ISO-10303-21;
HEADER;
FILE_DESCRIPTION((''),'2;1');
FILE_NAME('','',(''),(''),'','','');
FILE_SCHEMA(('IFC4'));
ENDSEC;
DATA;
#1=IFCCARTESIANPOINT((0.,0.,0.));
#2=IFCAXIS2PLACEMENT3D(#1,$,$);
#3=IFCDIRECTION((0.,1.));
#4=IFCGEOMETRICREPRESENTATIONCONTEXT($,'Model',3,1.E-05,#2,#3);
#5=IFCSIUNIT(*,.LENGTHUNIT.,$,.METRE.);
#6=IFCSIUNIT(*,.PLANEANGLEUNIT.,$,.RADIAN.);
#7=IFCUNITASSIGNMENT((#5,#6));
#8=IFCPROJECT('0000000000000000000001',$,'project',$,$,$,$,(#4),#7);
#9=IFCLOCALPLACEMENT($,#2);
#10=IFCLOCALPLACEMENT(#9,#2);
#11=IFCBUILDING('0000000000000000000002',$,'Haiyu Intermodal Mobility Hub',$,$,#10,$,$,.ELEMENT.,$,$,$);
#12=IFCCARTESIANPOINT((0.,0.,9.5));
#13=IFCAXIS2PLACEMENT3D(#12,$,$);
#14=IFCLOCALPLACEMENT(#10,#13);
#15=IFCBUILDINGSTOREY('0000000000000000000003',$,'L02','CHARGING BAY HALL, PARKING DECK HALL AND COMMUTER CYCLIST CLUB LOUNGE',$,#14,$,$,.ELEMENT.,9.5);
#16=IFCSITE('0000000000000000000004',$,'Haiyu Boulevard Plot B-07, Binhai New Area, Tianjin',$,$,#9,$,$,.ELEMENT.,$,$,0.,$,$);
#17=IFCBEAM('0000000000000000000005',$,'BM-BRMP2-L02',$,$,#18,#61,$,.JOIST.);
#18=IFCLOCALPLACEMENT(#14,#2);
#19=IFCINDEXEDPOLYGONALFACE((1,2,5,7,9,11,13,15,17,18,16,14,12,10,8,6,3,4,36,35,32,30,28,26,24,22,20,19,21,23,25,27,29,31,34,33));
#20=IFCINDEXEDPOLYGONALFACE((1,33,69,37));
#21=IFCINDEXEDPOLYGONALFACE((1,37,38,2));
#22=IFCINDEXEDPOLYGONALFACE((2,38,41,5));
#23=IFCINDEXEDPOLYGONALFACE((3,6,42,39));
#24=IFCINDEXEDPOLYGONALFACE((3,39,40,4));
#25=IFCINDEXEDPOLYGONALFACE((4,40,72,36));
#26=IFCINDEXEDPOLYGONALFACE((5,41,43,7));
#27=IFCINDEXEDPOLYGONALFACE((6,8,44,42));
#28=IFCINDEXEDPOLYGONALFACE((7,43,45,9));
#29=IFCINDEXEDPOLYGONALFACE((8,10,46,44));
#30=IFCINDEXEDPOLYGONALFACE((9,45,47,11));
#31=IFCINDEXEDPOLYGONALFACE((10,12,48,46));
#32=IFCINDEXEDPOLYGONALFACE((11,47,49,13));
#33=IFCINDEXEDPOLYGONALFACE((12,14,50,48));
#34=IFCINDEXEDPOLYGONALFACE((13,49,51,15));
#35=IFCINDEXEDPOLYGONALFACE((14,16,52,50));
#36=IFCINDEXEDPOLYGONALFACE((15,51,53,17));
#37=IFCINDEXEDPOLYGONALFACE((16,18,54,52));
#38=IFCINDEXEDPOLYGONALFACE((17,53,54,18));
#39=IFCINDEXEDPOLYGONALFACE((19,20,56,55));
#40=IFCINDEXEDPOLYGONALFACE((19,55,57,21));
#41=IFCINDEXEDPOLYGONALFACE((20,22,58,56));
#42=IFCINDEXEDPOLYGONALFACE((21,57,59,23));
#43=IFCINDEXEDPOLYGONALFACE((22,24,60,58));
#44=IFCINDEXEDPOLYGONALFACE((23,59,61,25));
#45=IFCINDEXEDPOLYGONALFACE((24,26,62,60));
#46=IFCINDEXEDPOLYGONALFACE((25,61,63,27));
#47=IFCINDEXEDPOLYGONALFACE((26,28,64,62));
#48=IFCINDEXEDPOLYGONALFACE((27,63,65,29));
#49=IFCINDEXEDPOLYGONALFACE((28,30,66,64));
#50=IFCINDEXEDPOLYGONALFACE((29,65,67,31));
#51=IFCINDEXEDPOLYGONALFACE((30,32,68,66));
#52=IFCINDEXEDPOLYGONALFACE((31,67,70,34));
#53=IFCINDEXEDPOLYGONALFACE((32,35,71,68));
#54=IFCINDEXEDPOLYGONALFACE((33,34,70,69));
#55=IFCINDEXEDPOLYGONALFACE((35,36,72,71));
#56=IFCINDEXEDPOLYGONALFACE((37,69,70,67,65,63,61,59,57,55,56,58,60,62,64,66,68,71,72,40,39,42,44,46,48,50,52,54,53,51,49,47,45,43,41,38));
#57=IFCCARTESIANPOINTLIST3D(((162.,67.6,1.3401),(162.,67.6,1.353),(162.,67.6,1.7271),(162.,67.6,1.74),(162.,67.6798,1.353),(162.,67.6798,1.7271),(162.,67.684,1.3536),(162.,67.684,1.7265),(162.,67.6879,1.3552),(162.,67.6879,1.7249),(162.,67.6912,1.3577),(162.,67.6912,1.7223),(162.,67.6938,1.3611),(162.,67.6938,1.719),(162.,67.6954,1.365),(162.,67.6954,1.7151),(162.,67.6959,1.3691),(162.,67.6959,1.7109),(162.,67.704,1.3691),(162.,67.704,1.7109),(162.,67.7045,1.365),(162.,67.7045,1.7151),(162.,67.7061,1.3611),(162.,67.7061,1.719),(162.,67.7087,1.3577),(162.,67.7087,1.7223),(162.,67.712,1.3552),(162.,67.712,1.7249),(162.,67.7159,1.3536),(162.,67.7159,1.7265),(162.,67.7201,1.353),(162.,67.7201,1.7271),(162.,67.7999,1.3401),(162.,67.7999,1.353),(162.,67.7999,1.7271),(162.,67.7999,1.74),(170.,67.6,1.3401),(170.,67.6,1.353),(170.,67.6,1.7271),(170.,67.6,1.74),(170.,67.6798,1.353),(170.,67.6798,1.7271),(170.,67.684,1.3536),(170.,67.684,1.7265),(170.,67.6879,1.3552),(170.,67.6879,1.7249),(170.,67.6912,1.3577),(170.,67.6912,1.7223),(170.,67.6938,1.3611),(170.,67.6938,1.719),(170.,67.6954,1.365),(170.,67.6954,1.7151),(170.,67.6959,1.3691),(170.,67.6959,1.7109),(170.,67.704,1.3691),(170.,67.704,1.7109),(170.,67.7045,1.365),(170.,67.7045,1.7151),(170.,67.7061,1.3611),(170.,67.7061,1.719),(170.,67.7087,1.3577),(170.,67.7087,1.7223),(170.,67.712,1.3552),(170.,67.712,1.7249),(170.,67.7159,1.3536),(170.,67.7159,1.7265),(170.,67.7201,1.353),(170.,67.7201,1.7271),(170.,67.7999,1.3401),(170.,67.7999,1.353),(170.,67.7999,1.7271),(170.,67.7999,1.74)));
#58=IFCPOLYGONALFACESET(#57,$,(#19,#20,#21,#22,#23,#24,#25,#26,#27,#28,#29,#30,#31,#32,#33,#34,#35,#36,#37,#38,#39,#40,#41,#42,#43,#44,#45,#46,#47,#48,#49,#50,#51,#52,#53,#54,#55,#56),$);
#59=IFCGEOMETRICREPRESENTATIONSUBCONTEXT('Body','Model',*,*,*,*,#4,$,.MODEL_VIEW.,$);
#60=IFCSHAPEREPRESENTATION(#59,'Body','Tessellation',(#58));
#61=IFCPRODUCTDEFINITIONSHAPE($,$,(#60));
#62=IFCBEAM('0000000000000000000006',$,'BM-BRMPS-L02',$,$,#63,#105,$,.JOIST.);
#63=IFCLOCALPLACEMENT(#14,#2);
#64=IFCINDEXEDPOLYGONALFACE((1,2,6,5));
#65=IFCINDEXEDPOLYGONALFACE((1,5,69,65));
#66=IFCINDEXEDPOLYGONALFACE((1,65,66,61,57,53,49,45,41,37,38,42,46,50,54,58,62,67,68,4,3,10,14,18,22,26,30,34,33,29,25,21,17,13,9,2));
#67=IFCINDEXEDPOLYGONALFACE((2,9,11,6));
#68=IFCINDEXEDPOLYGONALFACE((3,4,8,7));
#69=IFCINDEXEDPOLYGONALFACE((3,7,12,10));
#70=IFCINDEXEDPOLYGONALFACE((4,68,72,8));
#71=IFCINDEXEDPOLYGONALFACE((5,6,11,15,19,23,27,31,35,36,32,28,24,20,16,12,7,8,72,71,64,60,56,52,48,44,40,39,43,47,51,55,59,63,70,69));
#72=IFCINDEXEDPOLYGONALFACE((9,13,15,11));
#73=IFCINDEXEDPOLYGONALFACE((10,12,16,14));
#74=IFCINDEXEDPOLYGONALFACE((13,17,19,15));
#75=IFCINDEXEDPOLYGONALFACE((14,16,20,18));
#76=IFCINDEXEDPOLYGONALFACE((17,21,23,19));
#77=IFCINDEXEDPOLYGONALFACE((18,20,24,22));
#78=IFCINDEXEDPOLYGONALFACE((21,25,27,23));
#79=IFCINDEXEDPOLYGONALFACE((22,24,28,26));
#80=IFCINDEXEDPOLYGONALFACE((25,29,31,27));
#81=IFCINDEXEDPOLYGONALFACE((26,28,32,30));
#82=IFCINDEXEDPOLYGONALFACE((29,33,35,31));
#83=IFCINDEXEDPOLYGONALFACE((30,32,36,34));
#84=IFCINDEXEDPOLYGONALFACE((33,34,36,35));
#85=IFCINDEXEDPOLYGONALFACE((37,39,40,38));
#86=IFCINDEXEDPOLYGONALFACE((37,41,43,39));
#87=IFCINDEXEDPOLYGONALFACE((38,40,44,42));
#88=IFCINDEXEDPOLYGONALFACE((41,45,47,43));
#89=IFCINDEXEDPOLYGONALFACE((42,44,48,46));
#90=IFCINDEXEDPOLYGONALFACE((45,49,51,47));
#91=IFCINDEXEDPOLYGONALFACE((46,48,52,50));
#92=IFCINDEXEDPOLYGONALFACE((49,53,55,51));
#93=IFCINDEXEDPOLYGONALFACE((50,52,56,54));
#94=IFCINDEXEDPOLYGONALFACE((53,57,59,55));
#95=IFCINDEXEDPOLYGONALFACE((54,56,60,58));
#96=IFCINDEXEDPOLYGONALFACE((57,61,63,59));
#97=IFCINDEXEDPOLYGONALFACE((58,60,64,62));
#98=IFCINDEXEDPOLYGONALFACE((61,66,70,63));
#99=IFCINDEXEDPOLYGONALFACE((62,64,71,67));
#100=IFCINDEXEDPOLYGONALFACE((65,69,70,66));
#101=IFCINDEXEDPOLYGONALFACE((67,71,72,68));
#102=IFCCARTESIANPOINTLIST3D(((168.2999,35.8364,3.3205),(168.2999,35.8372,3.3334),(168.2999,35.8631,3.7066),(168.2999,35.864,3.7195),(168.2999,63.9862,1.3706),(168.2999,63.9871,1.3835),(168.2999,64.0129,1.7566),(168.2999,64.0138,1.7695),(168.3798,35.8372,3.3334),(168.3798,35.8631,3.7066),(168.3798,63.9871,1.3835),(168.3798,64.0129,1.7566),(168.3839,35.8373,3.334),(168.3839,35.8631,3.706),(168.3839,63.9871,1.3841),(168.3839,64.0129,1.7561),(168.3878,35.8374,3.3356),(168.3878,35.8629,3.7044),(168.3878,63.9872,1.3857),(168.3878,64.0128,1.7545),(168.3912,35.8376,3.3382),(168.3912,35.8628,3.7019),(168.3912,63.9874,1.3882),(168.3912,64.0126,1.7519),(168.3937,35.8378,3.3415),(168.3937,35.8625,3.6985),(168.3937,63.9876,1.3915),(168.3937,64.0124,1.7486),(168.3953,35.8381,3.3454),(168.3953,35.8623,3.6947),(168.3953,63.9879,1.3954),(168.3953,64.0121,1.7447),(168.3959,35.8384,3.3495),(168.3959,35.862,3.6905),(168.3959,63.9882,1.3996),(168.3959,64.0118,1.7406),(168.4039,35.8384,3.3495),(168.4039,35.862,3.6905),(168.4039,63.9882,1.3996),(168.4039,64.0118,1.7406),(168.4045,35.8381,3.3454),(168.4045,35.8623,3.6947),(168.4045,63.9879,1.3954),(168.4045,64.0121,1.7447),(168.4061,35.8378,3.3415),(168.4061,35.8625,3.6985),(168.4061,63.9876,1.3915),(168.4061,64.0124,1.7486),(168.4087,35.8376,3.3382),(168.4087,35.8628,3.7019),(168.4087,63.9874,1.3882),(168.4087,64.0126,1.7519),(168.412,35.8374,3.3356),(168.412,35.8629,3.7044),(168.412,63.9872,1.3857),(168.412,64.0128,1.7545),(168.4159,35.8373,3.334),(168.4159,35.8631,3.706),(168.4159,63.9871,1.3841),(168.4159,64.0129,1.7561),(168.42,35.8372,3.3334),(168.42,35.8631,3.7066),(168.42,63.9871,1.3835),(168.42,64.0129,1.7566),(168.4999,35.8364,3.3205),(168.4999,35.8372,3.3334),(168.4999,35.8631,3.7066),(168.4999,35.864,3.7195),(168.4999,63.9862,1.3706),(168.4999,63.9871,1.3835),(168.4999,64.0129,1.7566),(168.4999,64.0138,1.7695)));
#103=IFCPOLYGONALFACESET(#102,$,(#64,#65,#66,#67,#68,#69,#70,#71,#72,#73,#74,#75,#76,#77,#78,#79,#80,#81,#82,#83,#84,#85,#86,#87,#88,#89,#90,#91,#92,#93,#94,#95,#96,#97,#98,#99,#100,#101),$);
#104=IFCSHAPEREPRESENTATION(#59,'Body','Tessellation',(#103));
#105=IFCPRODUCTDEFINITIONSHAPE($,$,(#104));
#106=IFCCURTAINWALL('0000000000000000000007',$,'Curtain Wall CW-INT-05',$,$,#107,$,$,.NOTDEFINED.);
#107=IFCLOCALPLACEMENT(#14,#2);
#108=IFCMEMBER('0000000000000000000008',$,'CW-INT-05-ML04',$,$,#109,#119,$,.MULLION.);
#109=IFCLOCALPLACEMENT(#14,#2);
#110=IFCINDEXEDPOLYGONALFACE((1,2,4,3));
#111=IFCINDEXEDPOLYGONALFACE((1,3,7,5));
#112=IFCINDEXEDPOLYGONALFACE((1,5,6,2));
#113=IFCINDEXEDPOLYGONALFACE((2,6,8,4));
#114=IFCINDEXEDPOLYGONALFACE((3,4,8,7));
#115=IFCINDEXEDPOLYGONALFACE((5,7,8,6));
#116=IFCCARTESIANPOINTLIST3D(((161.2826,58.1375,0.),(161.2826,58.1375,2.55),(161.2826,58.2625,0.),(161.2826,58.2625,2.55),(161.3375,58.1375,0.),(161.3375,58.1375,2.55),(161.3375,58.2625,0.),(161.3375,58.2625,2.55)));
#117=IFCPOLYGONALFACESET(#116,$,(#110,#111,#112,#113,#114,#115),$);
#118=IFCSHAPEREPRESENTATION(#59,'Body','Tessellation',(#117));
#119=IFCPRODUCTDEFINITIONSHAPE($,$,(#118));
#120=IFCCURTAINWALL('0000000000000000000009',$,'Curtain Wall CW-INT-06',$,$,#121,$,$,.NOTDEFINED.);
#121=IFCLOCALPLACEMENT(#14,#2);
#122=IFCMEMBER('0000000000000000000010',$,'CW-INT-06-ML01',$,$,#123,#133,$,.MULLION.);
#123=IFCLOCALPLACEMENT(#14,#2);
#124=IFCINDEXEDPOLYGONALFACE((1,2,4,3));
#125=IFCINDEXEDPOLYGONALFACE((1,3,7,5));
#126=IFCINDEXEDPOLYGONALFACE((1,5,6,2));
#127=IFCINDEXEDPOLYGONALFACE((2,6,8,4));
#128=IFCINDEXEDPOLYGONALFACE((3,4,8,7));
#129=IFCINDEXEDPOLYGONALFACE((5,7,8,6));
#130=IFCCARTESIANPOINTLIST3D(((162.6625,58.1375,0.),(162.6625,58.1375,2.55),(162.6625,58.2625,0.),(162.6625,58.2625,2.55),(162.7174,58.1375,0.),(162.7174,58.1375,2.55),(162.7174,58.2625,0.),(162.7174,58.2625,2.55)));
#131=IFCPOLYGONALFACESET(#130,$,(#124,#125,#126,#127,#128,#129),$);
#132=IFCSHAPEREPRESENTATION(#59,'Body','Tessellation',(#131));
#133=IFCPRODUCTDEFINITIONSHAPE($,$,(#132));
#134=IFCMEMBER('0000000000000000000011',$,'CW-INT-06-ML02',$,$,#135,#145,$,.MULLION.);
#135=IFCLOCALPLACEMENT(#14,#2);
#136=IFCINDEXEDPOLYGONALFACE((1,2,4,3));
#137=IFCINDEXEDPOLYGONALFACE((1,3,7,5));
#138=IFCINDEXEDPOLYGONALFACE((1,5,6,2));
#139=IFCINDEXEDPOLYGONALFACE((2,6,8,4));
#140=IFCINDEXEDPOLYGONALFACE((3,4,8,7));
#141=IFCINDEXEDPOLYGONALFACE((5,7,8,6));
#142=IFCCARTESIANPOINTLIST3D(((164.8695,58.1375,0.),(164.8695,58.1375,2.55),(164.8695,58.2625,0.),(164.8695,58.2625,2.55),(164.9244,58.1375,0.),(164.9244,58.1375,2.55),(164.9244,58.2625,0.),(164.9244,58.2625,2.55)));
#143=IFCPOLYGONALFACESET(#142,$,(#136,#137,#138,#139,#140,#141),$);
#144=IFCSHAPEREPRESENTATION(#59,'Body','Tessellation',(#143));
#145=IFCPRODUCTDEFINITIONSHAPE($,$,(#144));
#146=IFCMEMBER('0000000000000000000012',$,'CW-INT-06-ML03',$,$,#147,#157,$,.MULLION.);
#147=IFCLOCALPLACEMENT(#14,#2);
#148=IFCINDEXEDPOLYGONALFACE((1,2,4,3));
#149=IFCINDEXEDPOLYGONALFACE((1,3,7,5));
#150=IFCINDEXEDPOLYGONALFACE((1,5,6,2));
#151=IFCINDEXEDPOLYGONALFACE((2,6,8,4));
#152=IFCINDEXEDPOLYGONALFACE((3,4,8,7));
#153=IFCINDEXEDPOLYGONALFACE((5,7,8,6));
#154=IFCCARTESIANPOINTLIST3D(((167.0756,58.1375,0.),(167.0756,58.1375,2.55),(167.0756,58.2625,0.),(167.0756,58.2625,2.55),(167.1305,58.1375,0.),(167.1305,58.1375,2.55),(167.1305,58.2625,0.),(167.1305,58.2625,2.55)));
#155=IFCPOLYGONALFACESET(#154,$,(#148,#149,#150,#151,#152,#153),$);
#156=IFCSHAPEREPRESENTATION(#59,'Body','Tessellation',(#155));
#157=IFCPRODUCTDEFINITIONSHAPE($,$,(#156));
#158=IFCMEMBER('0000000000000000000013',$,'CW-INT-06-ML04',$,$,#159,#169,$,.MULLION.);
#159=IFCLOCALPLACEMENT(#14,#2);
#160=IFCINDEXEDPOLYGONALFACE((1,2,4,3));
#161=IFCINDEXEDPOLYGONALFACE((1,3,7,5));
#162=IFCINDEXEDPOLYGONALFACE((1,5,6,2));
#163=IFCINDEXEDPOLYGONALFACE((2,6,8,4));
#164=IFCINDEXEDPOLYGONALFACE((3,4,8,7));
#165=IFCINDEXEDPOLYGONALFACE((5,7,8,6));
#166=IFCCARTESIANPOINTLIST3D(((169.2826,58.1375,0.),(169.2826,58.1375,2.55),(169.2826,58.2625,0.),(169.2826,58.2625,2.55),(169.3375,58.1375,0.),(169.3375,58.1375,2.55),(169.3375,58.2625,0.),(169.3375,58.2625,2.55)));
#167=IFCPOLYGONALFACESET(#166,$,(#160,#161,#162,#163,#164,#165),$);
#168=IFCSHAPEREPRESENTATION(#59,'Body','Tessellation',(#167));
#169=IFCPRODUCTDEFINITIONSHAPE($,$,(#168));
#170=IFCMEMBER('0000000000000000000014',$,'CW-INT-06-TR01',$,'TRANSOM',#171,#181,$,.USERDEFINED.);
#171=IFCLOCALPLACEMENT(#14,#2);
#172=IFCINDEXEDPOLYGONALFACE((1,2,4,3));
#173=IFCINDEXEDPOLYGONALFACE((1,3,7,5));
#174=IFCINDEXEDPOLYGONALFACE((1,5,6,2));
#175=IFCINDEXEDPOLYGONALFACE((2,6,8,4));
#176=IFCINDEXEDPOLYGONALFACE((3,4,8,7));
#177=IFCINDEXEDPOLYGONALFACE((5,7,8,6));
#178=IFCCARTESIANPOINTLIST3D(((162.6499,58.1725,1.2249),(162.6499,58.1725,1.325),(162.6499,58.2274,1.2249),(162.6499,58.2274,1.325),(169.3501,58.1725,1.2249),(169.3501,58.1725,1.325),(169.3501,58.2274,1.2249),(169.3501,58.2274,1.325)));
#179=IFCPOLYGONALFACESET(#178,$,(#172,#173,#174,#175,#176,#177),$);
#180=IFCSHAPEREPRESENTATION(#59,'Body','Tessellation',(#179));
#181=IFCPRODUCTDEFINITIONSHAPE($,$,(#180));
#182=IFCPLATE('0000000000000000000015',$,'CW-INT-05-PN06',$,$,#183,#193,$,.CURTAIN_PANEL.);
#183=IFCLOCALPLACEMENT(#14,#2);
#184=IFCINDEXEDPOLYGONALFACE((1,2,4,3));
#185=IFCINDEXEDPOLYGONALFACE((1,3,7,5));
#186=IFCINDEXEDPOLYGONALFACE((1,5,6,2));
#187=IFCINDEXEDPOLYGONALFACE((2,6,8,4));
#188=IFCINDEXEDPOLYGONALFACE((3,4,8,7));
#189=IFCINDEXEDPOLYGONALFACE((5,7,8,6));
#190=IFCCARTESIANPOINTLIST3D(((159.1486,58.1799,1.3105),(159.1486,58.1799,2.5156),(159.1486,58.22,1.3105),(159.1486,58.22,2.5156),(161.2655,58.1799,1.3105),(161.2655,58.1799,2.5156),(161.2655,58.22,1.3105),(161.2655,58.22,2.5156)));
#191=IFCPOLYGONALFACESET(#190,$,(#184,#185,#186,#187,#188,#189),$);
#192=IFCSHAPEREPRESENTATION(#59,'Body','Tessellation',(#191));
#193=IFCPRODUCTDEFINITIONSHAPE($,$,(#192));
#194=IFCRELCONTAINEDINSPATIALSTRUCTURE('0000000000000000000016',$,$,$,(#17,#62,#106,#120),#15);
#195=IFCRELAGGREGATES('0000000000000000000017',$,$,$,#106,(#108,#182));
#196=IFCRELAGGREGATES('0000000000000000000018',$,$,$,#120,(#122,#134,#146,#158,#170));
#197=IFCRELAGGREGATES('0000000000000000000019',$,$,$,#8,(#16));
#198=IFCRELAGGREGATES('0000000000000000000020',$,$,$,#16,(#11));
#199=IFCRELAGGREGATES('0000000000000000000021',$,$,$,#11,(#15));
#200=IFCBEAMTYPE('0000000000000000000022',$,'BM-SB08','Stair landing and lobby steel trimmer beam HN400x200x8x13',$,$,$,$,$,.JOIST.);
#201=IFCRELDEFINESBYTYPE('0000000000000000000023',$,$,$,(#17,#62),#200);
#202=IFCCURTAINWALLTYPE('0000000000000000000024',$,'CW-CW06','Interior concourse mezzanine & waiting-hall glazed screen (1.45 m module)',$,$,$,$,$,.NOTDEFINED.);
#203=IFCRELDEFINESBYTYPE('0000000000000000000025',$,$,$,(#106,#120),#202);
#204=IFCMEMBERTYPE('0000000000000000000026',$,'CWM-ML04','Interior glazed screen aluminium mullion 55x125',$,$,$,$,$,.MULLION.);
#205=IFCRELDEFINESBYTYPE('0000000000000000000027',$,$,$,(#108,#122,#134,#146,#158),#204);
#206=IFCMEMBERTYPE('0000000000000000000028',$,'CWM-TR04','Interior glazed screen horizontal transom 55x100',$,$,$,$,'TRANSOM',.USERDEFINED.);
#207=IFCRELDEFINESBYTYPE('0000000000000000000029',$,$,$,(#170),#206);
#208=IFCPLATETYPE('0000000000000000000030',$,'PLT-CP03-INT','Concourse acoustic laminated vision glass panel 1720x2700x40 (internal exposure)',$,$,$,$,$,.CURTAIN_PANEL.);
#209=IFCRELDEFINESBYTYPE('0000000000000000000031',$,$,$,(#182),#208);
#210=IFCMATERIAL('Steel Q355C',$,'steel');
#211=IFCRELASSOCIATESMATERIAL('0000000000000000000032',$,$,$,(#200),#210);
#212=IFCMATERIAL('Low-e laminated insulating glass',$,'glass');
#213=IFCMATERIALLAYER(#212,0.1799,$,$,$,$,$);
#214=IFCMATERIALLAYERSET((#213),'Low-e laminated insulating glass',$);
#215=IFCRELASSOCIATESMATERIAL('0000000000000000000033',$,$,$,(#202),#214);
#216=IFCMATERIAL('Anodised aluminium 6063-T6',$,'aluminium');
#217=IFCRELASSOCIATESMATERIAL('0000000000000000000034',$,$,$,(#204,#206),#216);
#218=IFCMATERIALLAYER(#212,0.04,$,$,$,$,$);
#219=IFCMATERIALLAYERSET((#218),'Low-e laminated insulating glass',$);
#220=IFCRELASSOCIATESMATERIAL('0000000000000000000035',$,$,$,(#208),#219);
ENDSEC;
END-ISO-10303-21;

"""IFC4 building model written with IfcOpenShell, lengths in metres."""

from ifc_helpers import new_model, si_unit, direction, frame, origin, origin_2d, place, context, subcontext, project, spatial, rectangle, i_section, extrude, material, layer, layer_set, material_profile, profile_set, type_object, element, aggregate, save


model = new_model("IFC4")

# Units and contexts
model_context = context("Model", 3, precision=1e-05, world=origin(), true_north=direction((0.0, 1.0)))
body_context = subcontext(model_context, "Body", "Model", "MODEL_VIEW")
ifc_project = project(units=[si_unit("LENGTHUNIT", "METRE"), si_unit("PLANEANGLEUNIT", "RADIAN")], contexts=[model_context])

# Site, building, storey
site_placement = place(None, origin())
site = spatial("IfcSite", under=ifc_project, at=site_placement, Name="Haiyu Boulevard Plot B-07, Binhai New Area, Tianjin", CompositionType="ELEMENT", RefElevation=0.0)
building_placement = place(site_placement, origin())
building = spatial("IfcBuilding", under=site, at=building_placement, Name="Haiyu Intermodal Mobility Hub", CompositionType="ELEMENT")
storey_placement = place(building_placement, frame((0.0, 0.0, 9.5)))
storey = spatial("IfcBuildingStorey", under=building, at=storey_placement, Name="L02", Description="CHARGING BAY HALL, PARKING DECK HALL AND COMMUTER CYCLIST CLUB LOUNGE", CompositionType="ELEMENT", Elevation=9.5)

# Beams
ifc_material_1 = material(Name="Steel Q355C", Category="steel")
ifc_material_profile_1 = material_profile(ifc_material_1, i_section(OverallWidth=0.2, OverallDepth=0.3999, WebThickness=0.0081, FlangeThickness=0.0129, FilletRadius=0.0161, at=origin_2d()), Name="HN400x200x8x13")
ifc_profile_set_1 = profile_set([ifc_material_profile_1], Name="Steel Q355C")
beam_type_1 = type_object("IfcBeamType", Name="BM-SB08", Description="Stair landing and lobby steel trimmer beam HN400x200x8x13", PredefinedType="JOIST", material=ifc_profile_set_1)
for number, where, z_axis, x_axis, name in (
    (1, (162.0, 67.7, 1.54), (1.0, 0.0, 0.0), (0.0, 1.0, 0.0), "BM-BRMP2-L02"),
):
    element("IfcBeam", number, at=place(storey_placement, frame(where, z_axis=z_axis, x_axis=x_axis)), inside=storey, type_object=beam_type_1, Name=name, PredefinedType="JOIST", context=body_context, shape_type="SweptSolid", body=[
        extrude(i_section(OverallWidth=0.2, OverallDepth=0.3999, WebThickness=0.0081, FlangeThickness=0.0129, FilletRadius=0.0161, at=origin_2d()), origin(), (0.0, 0.0, 1.0), 8.0),
    ])
beam_1_placement = place(storey_placement, frame((168.3999, 64.0, 1.5701), z_axis=(0.0, -0.997609, 0.069105), x_axis=(1.0, 0.0, 0.0)))
element("IfcBeam", 2, at=beam_1_placement, inside=storey, type_object=beam_type_1, Name="BM-BRMPS-L02", PredefinedType="JOIST", context=body_context, shape_type="SweptSolid", body=[
    extrude(i_section(OverallWidth=0.2, OverallDepth=0.3999, WebThickness=0.0081, FlangeThickness=0.0129, FilletRadius=0.0161, at=origin_2d()), origin(), (0.0, 0.0, 1.0), 28.2173),
])

# Curtain wall, member
ifc_material_2 = material(Name="Low-e laminated insulating glass", Category="glass")
ifc_layer_1 = layer(ifc_material_2, 0.1799)
ifc_layer_set_1 = layer_set([ifc_layer_1], Name="Low-e laminated insulating glass")
curtain_wall_type = type_object("IfcCurtainWallType", Name="CW-CW06", Description="Interior concourse mezzanine & waiting-hall glazed screen (1.45 m module)", PredefinedType="NOTDEFINED", material=ifc_layer_set_1)
curtain_wall_1_placement = place(storey_placement, origin())
curtain_wall_1 = element("IfcCurtainWall", 3, at=curtain_wall_1_placement, inside=storey, type_object=curtain_wall_type, Name="Curtain Wall CW-INT-05", PredefinedType="NOTDEFINED")
ifc_material_3 = material(Name="Anodised aluminium 6063-T6", Category="aluminium")
ifc_material_profile_2 = material_profile(ifc_material_3, rectangle(XDim=0.0549, YDim=0.125, at=origin_2d()), Name="ALU55x125")
ifc_profile_set_2 = profile_set([ifc_material_profile_2], Name="Anodised aluminium 6063-T6")
member_type_1 = type_object("IfcMemberType", Name="CWM-ML04", Description="Interior glazed screen aluminium mullion 55x125", PredefinedType="MULLION", material=ifc_profile_set_2)
member_1_placement = place(storey_placement, frame((161.3101, 58.2, 0.0), z_axis=(0.0, 0.0, 1.0), x_axis=(1.0, 0.0, 0.0)))
member_1 = element("IfcMember", 4, at=member_1_placement, type_object=member_type_1, Name="CW-INT-05-ML04", PredefinedType="MULLION", context=body_context, shape_type="SweptSolid", body=[
    extrude(rectangle(XDim=0.0549, YDim=0.125, at=origin_2d()), origin(), (0.0, 0.0, 1.0), 2.55),
])

# Curtain wall, members
curtain_wall_2_placement = place(storey_placement, origin())
curtain_wall_2 = element("IfcCurtainWall", 5, at=curtain_wall_2_placement, inside=storey, type_object=curtain_wall_type, Name="Curtain Wall CW-INT-06", PredefinedType="NOTDEFINED")
member_2_placement = place(storey_placement, frame((162.6899, 58.2, 0.0), z_axis=(0.0, 0.0, 1.0), x_axis=(1.0, 0.0, 0.0)))
member_2 = element("IfcMember", 6, at=member_2_placement, type_object=member_type_1, Name="CW-INT-06-ML01", PredefinedType="MULLION", context=body_context, shape_type="SweptSolid", body=[
    extrude(rectangle(XDim=0.0549, YDim=0.125, at=origin_2d()), origin(), (0.0, 0.0, 1.0), 2.55),
])
member_3_placement = place(storey_placement, frame((164.897, 58.2, 0.0), z_axis=(0.0, 0.0, 1.0), x_axis=(1.0, 0.0, 0.0)))
member_3 = element("IfcMember", 7, at=member_3_placement, type_object=member_type_1, Name="CW-INT-06-ML02", PredefinedType="MULLION", context=body_context, shape_type="SweptSolid", body=[
    extrude(rectangle(XDim=0.0549, YDim=0.125, at=origin_2d()), origin(), (0.0, 0.0, 1.0), 2.55),
])
member_4_placement = place(storey_placement, frame((167.103, 58.2, 0.0), z_axis=(0.0, 0.0, 1.0), x_axis=(1.0, 0.0, 0.0)))
member_4 = element("IfcMember", 8, at=member_4_placement, type_object=member_type_1, Name="CW-INT-06-ML03", PredefinedType="MULLION", context=body_context, shape_type="SweptSolid", body=[
    extrude(rectangle(XDim=0.0549, YDim=0.125, at=origin_2d()), origin(), (0.0, 0.0, 1.0), 2.55),
])
member_5_placement = place(storey_placement, frame((169.3101, 58.2, 0.0), z_axis=(0.0, 0.0, 1.0), x_axis=(1.0, 0.0, 0.0)))
member_5 = element("IfcMember", 9, at=member_5_placement, type_object=member_type_1, Name="CW-INT-06-ML04", PredefinedType="MULLION", context=body_context, shape_type="SweptSolid", body=[
    extrude(rectangle(XDim=0.0549, YDim=0.125, at=origin_2d()), origin(), (0.0, 0.0, 1.0), 2.55),
])
ifc_material_profile_3 = material_profile(ifc_material_3, rectangle(XDim=0.0549, YDim=0.1001, at=origin_2d()), Name="ALU55x100")
ifc_profile_set_3 = profile_set([ifc_material_profile_3], Name="Anodised aluminium 6063-T6")
member_type_2 = type_object("IfcMemberType", Name="CWM-TR04", Description="Interior glazed screen horizontal transom 55x100", ElementType="TRANSOM", PredefinedType="USERDEFINED", material=ifc_profile_set_3)
member_6_placement = place(storey_placement, frame((162.6499, 58.2, 1.2749), z_axis=(1.0, 0.0, 0.0), x_axis=(0.0, 1.0, 0.0)))
member_6 = element("IfcMember", 10, at=member_6_placement, type_object=member_type_2, Name="CW-INT-06-TR01", ObjectType="TRANSOM", PredefinedType="USERDEFINED", context=body_context, shape_type="SweptSolid", body=[
    extrude(rectangle(XDim=0.0549, YDim=0.1001, at=origin_2d()), origin(), (0.0, 0.0, 1.0), 6.7002),
])

# Plate
ifc_layer_2 = layer(ifc_material_2, 0.04)
ifc_layer_set_2 = layer_set([ifc_layer_2], Name="Low-e laminated insulating glass")
plate_type = type_object("IfcPlateType", Name="PLT-CP03-INT", Description="Concourse acoustic laminated vision glass panel 1720x2700x40 (internal exposure)", PredefinedType="CURTAIN_PANEL", material=ifc_layer_set_2)
plate_1_placement = place(storey_placement, frame((160.207, 58.2, 1.3105), z_axis=(0.0, 0.0, 1.0), x_axis=(1.0, 0.0, 0.0)))
plate_1 = element("IfcPlate", 11, at=plate_1_placement, type_object=plate_type, Name="CW-INT-05-PN06", PredefinedType="CURTAIN_PANEL", context=body_context, shape_type="SweptSolid", body=[
    extrude(rectangle(XDim=2.1169, YDim=0.04, at=origin_2d()), origin(), (0.0, 0.0, 1.0), 1.2051),
])
aggregate(curtain_wall_1, [member_1, plate_1])
aggregate(curtain_wall_2, [member_2, member_3, member_4, member_5, member_6])

save(model, "model.ifc")
